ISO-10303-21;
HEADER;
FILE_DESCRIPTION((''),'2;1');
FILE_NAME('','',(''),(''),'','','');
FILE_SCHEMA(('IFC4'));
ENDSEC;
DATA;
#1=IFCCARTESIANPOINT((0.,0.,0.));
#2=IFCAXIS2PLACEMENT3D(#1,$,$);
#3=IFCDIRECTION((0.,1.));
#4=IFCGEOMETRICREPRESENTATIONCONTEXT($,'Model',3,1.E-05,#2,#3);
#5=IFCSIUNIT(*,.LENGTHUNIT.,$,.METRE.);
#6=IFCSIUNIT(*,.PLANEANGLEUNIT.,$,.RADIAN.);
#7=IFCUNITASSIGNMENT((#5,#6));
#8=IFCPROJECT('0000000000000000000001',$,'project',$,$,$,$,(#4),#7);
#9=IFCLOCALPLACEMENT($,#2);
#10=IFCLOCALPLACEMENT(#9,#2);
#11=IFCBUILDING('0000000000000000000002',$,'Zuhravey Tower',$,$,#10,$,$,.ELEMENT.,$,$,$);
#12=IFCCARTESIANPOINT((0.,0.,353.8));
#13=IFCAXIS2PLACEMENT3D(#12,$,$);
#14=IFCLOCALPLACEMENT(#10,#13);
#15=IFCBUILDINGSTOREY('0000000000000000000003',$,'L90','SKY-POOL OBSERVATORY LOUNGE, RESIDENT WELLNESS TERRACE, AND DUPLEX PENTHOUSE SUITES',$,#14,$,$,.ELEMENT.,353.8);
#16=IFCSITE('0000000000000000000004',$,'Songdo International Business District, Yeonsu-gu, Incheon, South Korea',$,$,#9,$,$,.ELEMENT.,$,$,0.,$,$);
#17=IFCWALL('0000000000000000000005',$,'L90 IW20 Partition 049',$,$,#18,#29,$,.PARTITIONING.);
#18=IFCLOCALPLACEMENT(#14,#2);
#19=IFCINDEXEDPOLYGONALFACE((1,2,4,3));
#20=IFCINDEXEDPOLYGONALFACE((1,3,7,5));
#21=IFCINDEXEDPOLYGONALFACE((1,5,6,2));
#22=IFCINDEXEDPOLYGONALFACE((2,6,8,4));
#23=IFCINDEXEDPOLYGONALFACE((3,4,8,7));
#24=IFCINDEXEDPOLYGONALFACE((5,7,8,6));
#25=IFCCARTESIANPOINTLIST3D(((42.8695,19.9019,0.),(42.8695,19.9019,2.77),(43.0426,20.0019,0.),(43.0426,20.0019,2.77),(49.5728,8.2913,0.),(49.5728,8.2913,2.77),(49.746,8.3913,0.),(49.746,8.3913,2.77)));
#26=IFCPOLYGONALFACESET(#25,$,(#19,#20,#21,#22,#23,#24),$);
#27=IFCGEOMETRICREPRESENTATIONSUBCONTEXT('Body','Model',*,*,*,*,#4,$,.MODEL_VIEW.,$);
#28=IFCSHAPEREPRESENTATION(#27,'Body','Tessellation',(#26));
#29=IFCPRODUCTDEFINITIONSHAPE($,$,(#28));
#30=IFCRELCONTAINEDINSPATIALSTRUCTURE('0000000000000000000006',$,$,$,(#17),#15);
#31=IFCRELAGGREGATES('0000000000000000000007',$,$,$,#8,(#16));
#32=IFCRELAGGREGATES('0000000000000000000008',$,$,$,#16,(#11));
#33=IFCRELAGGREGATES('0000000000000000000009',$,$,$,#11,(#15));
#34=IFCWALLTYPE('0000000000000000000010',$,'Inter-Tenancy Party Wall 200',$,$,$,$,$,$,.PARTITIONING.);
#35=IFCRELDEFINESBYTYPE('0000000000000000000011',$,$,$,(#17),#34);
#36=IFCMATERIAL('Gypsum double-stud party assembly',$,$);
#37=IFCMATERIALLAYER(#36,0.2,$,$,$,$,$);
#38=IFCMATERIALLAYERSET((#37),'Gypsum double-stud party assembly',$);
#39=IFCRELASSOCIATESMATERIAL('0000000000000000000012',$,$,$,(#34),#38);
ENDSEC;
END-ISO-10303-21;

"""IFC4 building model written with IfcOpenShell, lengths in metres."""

from ifc_helpers import new_model, si_unit, direction, frame, frame_2d, origin, place, context, subcontext, project, spatial, rectangle, extrude, material, layer, layer_set, type_object, element, save


model = new_model("IFC4")

# Units and contexts
model_context = context("Model", 3, precision=1e-05, world=origin(), true_north=direction((0.0, 1.0)))
body_context = subcontext(model_context, "Body", "Model", "MODEL_VIEW")
ifc_project = project(units=[si_unit("LENGTHUNIT", "METRE"), si_unit("PLANEANGLEUNIT", "RADIAN")], contexts=[model_context])

# Site, building, storey
site_placement = place(None, origin())
site = spatial("IfcSite", under=ifc_project, at=site_placement, Name="Songdo International Business District, Yeonsu-gu, Incheon, South Korea", CompositionType="ELEMENT", RefElevation=0.0)
building_placement = place(site_placement, origin())
building = spatial("IfcBuilding", under=site, at=building_placement, Name="Zuhravey Tower", CompositionType="ELEMENT")
storey_placement = place(building_placement, frame((0.0, 0.0, 353.8)))
storey = spatial("IfcBuildingStorey", under=building, at=storey_placement, Name="L90", Description="SKY-POOL OBSERVATORY LOUNGE, RESIDENT WELLNESS TERRACE, AND DUPLEX PENTHOUSE SUITES", CompositionType="ELEMENT", Elevation=353.8)

# Wall
ifc_material_1 = material(Name="Gypsum double-stud party assembly")
ifc_layer_1 = layer(ifc_material_1, 0.2)
ifc_layer_set_1 = layer_set([ifc_layer_1], Name="Gypsum double-stud party assembly")
wall_type_1 = type_object("IfcWallType", Name="Inter-Tenancy Party Wall 200", PredefinedType="PARTITIONING", material=ifc_layer_set_1)
wall_1_placement = place(storey_placement, frame((42.9561, 19.9519, 0.0), z_axis=(0.0, 0.0, 1.0), x_axis=(0.499999, -0.866026, 0.0)))
element("IfcWall", 1, at=wall_1_placement, inside=storey, type_object=wall_type_1, Name="L90 IW20 Partition 049", PredefinedType="PARTITIONING", context=body_context, shape_type="SweptSolid", body=[
    extrude(rectangle(XDim=13.4067, YDim=0.2, at=frame_2d((6.7034, 0.0))), origin(), (0.0, 0.0, 1.0), 2.77),
])

save(model, "model.ifc")
